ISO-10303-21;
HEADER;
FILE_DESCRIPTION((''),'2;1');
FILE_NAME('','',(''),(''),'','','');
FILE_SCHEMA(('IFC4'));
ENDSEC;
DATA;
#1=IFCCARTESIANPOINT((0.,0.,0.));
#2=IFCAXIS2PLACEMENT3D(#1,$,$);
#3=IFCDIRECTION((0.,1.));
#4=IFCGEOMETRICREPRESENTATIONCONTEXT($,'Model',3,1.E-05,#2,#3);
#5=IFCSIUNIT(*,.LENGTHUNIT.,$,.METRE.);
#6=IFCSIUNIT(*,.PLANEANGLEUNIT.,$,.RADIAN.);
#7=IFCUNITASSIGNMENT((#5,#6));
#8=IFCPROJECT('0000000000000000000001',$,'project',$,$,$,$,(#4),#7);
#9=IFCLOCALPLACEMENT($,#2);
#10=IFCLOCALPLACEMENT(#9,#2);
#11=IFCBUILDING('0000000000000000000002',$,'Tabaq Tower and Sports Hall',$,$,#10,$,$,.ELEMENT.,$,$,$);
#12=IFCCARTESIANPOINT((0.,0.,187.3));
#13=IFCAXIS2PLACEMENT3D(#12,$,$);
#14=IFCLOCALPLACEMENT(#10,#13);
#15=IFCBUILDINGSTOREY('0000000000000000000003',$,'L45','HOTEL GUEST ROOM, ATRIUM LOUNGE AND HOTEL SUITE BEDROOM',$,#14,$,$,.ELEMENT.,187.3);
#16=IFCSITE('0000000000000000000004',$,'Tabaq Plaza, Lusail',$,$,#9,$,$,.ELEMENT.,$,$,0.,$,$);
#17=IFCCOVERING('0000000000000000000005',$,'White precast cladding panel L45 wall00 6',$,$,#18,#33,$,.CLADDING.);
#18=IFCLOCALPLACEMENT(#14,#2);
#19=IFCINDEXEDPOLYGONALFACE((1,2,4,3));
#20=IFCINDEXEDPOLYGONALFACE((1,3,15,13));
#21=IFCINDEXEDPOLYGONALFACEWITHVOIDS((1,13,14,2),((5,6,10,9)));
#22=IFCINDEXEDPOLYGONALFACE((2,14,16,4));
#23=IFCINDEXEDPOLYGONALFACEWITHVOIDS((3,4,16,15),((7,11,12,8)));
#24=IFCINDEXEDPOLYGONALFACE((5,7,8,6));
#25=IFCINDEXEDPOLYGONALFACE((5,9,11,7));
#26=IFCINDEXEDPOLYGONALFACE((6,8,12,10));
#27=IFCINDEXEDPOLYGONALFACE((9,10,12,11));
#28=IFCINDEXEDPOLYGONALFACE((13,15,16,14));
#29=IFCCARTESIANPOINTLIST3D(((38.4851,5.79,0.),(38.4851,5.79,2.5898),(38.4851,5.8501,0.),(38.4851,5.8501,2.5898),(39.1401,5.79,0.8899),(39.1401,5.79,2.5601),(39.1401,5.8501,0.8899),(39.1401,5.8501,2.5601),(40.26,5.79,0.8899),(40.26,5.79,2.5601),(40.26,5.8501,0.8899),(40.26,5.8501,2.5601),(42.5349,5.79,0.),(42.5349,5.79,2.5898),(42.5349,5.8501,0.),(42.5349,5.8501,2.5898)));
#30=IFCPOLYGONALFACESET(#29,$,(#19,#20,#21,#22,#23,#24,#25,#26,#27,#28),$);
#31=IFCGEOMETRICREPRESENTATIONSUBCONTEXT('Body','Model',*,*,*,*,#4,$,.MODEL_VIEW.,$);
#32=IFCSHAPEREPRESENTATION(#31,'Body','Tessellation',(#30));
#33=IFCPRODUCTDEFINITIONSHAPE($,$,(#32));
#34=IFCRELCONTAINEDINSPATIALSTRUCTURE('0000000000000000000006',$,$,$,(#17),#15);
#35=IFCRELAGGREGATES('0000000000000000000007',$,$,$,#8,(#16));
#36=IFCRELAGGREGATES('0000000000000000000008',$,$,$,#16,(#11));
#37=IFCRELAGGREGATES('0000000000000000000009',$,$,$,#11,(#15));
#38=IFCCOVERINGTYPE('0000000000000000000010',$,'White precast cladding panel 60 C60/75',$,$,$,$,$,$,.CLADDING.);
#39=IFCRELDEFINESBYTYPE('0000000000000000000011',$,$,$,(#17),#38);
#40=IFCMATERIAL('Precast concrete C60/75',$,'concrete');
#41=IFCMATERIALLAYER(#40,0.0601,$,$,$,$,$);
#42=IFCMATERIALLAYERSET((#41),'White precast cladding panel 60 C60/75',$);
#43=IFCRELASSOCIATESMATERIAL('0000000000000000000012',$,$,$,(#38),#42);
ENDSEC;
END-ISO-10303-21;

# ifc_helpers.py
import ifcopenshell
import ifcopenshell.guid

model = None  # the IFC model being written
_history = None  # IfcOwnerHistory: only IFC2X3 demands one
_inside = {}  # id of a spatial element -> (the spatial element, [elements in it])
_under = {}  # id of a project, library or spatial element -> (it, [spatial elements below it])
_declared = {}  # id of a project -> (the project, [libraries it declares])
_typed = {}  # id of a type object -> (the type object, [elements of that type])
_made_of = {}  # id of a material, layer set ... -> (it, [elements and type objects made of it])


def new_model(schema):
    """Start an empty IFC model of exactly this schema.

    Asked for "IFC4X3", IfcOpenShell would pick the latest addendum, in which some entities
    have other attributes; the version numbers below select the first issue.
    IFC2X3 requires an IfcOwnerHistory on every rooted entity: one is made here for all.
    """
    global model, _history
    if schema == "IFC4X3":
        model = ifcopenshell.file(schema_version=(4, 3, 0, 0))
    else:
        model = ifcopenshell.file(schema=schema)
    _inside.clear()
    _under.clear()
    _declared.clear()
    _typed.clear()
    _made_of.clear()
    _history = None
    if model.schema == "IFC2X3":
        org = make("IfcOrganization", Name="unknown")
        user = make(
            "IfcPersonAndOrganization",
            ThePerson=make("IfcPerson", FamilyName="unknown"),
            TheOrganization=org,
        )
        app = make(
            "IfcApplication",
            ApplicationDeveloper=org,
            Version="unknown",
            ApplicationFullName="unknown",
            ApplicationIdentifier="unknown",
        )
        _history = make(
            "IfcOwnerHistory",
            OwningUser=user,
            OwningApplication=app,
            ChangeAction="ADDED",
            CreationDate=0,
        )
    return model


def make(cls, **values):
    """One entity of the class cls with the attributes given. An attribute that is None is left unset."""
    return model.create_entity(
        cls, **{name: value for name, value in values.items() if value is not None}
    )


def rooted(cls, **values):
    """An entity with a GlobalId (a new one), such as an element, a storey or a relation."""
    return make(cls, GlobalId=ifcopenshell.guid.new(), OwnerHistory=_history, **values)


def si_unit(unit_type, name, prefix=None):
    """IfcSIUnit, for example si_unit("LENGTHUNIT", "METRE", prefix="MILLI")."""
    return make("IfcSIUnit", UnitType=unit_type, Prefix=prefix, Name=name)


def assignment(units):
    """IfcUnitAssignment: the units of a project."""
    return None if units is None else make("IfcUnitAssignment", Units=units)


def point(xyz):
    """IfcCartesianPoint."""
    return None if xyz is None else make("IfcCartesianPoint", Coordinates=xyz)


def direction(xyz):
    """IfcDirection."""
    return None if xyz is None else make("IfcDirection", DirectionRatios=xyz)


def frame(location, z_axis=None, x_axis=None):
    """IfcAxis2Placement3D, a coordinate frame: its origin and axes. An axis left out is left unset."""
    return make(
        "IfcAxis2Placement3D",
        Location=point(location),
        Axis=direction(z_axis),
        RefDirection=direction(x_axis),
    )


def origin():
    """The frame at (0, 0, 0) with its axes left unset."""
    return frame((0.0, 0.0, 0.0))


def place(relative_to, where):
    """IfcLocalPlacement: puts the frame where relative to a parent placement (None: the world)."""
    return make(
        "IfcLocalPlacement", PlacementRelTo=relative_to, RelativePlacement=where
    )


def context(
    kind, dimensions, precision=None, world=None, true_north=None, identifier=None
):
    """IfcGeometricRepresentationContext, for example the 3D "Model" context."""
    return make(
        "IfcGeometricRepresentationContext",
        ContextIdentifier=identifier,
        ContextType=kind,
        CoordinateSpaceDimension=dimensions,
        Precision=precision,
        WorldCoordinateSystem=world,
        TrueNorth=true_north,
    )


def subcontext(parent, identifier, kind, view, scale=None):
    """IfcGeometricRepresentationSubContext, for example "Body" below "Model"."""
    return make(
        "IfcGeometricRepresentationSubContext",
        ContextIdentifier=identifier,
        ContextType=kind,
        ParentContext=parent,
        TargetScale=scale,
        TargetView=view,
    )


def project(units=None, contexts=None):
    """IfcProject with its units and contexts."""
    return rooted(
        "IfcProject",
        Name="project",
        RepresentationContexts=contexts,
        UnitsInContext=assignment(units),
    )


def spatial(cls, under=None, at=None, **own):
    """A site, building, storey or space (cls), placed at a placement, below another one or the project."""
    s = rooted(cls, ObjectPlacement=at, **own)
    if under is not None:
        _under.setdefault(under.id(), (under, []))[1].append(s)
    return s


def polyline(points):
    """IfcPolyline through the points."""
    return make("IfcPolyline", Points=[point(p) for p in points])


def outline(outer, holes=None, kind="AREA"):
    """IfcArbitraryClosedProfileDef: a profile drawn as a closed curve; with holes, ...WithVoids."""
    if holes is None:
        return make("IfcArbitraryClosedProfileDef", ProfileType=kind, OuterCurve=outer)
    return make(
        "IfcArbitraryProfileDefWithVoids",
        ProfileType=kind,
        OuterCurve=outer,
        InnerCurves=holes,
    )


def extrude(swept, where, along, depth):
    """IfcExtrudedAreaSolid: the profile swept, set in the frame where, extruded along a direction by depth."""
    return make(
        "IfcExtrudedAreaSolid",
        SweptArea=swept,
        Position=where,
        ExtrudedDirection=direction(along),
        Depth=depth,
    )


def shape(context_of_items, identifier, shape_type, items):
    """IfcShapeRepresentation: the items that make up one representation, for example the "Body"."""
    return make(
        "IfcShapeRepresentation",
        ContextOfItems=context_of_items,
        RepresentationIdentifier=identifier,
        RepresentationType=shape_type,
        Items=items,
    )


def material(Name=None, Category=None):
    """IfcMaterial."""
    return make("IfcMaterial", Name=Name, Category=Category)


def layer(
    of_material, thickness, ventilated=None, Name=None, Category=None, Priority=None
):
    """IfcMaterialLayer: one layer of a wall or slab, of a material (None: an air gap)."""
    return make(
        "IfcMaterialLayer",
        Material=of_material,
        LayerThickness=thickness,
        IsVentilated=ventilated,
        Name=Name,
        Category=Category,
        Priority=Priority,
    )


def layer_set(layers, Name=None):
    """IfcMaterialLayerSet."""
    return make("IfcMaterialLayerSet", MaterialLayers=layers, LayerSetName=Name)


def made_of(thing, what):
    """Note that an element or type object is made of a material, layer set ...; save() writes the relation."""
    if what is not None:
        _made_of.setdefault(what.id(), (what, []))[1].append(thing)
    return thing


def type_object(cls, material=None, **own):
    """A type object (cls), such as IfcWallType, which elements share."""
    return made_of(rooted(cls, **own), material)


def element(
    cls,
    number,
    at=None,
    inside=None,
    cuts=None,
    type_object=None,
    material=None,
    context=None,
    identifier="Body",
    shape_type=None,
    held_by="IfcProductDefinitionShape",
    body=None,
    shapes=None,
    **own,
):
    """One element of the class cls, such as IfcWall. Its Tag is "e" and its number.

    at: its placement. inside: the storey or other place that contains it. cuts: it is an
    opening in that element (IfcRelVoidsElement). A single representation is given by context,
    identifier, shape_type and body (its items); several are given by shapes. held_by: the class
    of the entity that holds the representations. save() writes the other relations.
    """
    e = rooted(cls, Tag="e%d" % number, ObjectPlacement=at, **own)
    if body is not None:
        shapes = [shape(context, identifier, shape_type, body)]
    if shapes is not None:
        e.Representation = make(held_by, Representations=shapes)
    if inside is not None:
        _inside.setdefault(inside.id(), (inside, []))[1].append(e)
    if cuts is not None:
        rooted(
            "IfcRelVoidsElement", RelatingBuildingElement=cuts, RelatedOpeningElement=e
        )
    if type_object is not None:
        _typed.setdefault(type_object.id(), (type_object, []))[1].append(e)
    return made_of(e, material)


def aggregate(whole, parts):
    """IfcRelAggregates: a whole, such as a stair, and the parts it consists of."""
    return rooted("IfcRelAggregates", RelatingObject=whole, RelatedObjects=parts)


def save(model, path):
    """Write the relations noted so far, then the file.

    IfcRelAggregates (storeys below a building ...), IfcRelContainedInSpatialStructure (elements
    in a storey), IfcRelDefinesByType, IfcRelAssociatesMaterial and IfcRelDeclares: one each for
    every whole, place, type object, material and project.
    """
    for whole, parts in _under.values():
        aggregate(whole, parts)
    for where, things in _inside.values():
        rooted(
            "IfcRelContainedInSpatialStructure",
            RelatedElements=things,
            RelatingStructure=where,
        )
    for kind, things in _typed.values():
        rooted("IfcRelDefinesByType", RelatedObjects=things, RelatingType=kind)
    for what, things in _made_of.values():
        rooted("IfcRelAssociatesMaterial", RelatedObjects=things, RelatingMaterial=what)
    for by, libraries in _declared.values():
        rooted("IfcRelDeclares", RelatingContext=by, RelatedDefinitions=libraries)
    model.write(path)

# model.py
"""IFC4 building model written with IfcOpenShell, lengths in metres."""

from ifc_helpers import new_model, si_unit, direction, frame, origin, place, context, subcontext, project, spatial, polyline, outline, extrude, material, layer, layer_set, type_object, element, save


model = new_model("IFC4")

# Units and contexts
model_context = context("Model", 3, precision=1e-05, world=origin(), true_north=direction((0.0, 1.0)))
body_context = subcontext(model_context, "Body", "Model", "MODEL_VIEW")
ifc_project = project(units=[si_unit("LENGTHUNIT", "METRE"), si_unit("PLANEANGLEUNIT", "RADIAN")], contexts=[model_context])

# Site, building, storey
site_placement = place(None, origin())
site = spatial("IfcSite", under=ifc_project, at=site_placement, Name="Tabaq Plaza, Lusail", CompositionType="ELEMENT", RefElevation=0.0)
building_placement = place(site_placement, origin())
building = spatial("IfcBuilding", under=site, at=building_placement, Name="Tabaq Tower and Sports Hall", CompositionType="ELEMENT")
storey_placement = place(building_placement, frame((0.0, 0.0, 187.3)))
storey = spatial("IfcBuildingStorey", under=building, at=storey_placement, Name="L45", Description="HOTEL GUEST ROOM, ATRIUM LOUNGE AND HOTEL SUITE BEDROOM", CompositionType="ELEMENT", Elevation=187.3)

# Covering
ifc_material_1 = material(Name="Precast concrete C60/75", Category="concrete")
ifc_layer_1 = layer(ifc_material_1, 0.0601)
ifc_layer_set_1 = layer_set([ifc_layer_1], Name="White precast cladding panel 60 C60/75")
covering_type_1 = type_object("IfcCoveringType", Name="White precast cladding panel 60 C60/75", PredefinedType="CLADDING", material=ifc_layer_set_1)
covering_1_placement = place(storey_placement, frame((38.4851, 5.8201, 0.0), z_axis=(0.0, 0.0, 1.0), x_axis=(1.0, 0.0, 0.0)))
element("IfcCovering", 1, at=covering_1_placement, inside=storey, type_object=covering_type_1, Name="White precast cladding panel L45 wall00 6", PredefinedType="CLADDING", context=body_context, shape_type="SweptSolid", body=[
    extrude(outline(polyline([(0.0, 0.0), (4.0498, 0.0), (4.0498, 2.5898), (0.0, 2.5898), (0.0, 0.0)]), holes=[polyline([(1.7749, 0.8899), (0.655, 0.8899), (0.655, 2.5601), (1.7749, 2.5601), (1.7749, 0.8899)])]), frame((0.0, 0.03, 0.0), z_axis=(0.0, -1.0, 0.0), x_axis=(1.0, 0.0, 0.0)), (0.0, 0.0, 1.0), 0.0601),
])

save(model, "model.ifc")
